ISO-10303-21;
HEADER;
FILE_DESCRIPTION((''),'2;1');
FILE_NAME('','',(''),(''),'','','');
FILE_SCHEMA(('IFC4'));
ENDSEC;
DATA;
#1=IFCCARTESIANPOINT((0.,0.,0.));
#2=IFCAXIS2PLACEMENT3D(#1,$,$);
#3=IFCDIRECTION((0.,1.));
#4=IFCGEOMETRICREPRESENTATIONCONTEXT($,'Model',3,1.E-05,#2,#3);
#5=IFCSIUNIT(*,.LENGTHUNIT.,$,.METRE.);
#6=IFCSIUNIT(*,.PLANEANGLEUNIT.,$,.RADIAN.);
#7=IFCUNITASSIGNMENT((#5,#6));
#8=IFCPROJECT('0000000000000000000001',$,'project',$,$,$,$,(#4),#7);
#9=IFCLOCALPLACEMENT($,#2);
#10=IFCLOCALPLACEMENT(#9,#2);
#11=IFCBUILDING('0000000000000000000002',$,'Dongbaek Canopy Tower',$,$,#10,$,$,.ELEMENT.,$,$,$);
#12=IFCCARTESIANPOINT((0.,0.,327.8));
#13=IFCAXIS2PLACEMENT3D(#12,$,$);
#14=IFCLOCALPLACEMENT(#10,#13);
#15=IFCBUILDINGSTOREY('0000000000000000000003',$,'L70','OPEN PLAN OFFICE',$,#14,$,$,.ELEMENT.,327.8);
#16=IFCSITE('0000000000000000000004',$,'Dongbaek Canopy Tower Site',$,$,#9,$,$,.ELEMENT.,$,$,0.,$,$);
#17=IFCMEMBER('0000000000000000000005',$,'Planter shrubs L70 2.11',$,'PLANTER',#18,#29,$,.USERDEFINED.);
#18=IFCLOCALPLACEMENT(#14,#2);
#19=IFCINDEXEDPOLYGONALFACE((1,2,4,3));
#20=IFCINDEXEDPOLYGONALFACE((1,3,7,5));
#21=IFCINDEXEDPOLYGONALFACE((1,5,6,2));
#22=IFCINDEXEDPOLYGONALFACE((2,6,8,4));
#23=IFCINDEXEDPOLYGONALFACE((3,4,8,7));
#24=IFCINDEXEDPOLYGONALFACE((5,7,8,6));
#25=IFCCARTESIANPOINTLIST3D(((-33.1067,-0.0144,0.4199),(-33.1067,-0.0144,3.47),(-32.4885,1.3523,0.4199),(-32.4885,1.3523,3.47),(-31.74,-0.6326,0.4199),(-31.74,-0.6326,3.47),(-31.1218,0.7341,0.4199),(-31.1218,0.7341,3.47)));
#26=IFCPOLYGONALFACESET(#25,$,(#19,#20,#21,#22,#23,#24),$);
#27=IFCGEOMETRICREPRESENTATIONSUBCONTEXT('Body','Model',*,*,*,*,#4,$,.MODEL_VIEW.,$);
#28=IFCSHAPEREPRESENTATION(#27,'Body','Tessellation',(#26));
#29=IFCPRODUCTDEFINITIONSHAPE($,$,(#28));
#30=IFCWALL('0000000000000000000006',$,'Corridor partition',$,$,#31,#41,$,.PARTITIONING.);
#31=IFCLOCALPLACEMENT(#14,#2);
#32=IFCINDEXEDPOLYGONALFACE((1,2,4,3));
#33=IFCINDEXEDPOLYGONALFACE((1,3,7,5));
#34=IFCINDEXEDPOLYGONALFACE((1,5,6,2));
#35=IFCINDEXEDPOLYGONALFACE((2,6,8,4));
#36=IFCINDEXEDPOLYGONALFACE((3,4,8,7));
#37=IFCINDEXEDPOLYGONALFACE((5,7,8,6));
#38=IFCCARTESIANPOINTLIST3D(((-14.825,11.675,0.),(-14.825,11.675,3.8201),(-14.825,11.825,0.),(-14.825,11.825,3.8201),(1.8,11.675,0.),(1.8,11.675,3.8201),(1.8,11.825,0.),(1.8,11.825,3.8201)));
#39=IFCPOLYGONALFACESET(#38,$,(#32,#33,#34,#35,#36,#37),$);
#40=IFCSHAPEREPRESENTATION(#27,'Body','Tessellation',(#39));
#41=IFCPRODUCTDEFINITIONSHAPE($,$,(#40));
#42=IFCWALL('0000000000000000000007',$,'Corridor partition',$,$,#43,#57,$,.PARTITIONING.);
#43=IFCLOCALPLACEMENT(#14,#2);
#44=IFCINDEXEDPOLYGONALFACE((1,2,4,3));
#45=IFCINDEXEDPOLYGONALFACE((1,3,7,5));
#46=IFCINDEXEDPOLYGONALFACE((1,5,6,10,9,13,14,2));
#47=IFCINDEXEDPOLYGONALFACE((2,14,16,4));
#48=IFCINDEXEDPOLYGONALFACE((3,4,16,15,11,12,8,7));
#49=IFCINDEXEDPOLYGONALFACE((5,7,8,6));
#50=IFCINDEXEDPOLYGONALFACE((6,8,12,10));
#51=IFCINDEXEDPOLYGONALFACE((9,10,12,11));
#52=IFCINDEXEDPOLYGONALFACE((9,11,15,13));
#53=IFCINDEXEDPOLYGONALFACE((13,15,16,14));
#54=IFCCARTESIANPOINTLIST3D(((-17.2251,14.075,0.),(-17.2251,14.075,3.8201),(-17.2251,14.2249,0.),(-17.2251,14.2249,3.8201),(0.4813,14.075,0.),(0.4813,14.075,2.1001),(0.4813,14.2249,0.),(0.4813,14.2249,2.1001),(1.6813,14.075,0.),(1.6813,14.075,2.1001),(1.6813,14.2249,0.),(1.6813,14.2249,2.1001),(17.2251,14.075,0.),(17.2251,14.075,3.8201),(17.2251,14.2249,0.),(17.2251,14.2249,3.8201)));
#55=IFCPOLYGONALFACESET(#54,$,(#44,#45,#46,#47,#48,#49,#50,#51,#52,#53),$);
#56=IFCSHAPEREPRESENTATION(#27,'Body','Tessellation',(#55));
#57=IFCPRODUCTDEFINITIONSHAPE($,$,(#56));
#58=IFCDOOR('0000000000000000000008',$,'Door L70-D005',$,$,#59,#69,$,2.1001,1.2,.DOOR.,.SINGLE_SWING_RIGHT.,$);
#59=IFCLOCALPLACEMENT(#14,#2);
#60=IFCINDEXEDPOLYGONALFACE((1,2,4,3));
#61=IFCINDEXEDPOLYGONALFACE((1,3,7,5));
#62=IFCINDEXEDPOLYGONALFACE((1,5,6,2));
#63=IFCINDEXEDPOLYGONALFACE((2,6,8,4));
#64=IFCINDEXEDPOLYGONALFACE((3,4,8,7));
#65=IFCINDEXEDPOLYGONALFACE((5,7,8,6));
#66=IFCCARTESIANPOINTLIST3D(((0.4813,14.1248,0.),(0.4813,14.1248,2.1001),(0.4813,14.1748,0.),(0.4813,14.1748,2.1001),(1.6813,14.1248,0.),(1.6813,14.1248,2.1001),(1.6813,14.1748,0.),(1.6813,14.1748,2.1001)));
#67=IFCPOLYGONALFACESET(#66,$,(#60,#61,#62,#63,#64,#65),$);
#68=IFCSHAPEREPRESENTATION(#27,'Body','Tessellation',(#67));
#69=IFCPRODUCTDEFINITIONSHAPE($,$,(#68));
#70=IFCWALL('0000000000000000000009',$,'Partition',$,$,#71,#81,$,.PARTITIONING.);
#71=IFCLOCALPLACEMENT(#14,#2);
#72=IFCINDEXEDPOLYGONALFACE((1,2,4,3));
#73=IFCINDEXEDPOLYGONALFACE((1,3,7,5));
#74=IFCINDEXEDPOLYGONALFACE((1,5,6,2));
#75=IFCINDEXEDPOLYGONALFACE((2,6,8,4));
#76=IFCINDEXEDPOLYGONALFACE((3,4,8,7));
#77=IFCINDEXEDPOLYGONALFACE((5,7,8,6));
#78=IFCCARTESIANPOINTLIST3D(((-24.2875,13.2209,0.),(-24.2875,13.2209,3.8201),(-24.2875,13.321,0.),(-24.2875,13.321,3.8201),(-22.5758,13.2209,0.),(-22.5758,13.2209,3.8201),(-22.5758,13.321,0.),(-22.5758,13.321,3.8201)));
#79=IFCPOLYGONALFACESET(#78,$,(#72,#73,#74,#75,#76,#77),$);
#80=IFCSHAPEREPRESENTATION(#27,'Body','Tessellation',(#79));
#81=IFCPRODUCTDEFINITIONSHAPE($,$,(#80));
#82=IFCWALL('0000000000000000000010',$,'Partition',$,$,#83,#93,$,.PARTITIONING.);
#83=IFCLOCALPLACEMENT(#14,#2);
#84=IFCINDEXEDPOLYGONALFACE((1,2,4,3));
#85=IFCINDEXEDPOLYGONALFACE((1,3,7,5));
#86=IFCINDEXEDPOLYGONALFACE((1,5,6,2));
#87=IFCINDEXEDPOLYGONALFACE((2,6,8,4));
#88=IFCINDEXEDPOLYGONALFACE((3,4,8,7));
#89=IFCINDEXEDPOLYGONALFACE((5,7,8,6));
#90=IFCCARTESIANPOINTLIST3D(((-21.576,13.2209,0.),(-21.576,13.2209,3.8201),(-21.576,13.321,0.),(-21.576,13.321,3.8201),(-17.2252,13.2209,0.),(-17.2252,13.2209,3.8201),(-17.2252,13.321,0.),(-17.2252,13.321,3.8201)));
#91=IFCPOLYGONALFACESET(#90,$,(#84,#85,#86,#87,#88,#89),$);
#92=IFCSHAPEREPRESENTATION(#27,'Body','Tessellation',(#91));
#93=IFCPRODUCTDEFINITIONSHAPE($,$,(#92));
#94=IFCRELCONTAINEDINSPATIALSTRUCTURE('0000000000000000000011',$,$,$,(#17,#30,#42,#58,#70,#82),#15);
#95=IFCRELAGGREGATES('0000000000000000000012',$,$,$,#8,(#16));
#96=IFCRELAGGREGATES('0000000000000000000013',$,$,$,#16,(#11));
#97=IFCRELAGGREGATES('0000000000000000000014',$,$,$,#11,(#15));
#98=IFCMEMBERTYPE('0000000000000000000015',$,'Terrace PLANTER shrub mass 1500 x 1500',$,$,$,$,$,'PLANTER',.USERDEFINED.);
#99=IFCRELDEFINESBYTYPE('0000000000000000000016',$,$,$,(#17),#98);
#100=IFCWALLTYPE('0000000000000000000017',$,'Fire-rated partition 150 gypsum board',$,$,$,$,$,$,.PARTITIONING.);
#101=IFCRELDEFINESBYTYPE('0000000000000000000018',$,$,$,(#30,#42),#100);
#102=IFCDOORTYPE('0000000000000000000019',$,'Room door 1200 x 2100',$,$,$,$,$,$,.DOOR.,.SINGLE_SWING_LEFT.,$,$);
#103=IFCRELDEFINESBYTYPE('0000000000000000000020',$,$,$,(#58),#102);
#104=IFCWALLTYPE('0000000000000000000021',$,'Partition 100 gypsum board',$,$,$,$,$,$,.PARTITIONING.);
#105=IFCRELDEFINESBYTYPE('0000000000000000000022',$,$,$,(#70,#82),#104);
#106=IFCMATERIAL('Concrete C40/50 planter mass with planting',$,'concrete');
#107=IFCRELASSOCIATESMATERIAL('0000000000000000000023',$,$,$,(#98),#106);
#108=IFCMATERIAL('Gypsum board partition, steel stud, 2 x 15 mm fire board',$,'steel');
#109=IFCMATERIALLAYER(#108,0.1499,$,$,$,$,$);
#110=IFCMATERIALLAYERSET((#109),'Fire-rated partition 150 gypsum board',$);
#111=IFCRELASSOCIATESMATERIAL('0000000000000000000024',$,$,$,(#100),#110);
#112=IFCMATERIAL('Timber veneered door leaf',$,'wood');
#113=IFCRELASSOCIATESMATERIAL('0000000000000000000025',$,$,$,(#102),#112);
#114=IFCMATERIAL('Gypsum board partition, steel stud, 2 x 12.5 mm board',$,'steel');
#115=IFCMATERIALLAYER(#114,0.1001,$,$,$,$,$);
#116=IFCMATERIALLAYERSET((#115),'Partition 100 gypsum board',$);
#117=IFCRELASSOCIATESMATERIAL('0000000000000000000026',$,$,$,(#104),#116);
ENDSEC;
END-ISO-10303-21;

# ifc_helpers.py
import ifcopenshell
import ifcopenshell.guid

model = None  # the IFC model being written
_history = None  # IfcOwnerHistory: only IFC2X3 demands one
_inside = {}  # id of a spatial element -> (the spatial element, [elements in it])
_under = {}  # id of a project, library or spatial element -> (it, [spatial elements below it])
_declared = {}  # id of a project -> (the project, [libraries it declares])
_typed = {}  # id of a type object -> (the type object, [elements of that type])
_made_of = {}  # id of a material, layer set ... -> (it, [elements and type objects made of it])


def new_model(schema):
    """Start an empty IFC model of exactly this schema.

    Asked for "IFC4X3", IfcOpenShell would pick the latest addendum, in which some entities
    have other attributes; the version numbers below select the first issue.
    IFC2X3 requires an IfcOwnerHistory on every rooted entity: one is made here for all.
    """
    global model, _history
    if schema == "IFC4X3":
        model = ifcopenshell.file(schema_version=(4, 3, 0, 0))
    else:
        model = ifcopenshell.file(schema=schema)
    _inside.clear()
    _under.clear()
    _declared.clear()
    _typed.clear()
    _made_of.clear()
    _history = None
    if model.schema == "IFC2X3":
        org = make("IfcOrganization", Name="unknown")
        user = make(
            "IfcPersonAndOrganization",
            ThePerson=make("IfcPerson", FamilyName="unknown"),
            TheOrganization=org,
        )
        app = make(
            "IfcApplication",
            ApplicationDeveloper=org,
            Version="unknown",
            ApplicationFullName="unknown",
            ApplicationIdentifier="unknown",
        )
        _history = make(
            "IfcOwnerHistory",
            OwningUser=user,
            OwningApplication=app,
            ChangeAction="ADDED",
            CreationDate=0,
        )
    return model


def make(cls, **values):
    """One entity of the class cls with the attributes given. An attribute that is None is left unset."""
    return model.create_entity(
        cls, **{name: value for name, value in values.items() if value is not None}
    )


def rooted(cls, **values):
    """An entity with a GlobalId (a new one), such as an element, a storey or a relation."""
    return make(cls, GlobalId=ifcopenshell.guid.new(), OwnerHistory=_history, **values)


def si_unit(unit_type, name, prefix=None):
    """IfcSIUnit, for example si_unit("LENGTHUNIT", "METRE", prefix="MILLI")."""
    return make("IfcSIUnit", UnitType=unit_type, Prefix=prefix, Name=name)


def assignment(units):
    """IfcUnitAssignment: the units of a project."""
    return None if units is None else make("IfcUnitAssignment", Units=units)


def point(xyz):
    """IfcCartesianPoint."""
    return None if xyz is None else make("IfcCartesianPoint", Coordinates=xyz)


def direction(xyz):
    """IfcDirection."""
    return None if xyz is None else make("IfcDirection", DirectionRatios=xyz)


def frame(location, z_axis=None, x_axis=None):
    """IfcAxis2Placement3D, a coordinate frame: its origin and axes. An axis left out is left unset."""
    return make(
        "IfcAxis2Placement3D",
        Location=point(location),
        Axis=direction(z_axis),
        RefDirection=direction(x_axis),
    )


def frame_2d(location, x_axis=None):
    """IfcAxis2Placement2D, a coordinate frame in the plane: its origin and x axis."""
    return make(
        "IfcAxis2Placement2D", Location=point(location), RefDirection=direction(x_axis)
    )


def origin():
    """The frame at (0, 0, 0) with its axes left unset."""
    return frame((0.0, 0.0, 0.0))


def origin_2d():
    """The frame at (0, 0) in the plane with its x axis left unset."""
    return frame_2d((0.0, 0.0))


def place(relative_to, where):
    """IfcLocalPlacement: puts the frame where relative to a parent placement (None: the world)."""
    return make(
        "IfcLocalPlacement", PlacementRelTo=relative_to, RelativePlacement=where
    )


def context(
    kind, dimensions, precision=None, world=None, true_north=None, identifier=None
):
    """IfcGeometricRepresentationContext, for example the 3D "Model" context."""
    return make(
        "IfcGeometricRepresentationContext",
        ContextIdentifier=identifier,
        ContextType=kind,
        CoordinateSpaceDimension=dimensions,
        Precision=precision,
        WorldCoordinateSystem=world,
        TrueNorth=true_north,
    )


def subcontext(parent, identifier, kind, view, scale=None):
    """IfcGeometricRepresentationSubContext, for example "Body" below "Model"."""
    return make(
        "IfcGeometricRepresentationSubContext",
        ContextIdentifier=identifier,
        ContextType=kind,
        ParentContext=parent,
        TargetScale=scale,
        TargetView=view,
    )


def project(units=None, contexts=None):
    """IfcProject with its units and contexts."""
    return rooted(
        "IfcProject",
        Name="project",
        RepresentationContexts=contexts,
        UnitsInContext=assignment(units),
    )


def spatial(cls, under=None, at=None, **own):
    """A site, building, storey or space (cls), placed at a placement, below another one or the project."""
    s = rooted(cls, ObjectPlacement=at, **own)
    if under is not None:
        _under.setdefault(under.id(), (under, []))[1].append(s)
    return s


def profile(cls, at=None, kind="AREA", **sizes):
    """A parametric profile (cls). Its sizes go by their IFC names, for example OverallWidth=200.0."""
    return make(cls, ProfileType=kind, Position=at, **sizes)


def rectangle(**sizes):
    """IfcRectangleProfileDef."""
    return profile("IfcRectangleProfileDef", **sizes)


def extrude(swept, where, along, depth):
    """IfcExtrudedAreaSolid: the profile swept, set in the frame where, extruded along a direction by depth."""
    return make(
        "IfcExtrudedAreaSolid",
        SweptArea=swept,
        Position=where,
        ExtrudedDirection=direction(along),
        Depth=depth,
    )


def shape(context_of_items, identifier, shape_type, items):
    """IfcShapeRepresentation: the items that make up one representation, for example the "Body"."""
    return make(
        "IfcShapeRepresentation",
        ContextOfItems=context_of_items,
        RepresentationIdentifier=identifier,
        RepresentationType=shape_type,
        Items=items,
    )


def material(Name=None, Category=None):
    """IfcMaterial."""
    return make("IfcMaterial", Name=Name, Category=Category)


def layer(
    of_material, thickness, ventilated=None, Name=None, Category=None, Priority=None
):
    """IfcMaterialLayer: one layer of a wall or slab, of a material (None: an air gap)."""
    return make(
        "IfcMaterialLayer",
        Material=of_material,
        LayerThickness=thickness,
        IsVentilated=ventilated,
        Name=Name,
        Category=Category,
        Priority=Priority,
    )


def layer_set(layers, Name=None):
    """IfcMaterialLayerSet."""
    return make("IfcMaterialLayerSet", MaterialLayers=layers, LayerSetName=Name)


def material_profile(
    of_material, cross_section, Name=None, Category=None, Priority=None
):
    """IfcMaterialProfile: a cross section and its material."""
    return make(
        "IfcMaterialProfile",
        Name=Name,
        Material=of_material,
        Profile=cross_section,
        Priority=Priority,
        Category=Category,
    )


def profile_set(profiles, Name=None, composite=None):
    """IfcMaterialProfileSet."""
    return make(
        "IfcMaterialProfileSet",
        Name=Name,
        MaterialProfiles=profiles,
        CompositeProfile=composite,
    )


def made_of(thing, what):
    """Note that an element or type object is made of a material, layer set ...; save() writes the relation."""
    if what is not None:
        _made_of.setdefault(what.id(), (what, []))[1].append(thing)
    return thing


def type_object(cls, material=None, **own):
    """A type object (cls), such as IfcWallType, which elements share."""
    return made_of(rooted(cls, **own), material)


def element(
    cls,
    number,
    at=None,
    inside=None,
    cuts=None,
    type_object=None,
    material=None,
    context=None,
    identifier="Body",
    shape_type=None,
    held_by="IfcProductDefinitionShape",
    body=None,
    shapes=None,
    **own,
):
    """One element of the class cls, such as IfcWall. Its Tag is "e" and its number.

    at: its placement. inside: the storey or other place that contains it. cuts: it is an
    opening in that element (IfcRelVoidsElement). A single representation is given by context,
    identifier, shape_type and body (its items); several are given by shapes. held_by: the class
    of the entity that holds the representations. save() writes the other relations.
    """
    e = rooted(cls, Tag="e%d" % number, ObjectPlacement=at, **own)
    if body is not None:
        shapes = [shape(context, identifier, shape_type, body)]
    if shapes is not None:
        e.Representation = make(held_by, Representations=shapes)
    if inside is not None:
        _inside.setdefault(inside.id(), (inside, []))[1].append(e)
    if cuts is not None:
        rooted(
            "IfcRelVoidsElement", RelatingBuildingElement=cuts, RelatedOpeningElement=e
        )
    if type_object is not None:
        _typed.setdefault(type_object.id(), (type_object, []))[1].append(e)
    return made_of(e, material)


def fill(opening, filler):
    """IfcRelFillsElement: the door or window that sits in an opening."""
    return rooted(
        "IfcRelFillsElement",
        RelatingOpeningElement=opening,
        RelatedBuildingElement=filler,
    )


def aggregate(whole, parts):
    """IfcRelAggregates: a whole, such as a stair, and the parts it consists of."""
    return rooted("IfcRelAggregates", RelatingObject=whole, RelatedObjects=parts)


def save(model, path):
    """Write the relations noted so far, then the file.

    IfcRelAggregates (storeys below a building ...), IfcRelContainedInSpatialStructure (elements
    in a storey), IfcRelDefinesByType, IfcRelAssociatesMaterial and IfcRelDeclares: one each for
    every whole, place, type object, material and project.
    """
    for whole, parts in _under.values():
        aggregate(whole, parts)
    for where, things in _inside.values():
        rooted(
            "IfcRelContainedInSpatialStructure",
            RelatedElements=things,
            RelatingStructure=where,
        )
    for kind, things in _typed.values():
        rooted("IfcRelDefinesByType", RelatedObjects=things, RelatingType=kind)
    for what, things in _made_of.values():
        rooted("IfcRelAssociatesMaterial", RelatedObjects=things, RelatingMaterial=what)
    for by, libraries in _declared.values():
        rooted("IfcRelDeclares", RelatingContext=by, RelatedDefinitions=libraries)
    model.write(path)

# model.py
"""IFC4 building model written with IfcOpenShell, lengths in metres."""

from ifc_helpers import new_model, si_unit, direction, frame, frame_2d, origin, origin_2d, place, context, subcontext, project, spatial, rectangle, extrude, material, layer, layer_set, material_profile, profile_set, type_object, element, fill, save


model = new_model("IFC4")

# Units and contexts
model_context = context("Model", 3, precision=1e-05, world=origin(), true_north=direction((0.0, 1.0)))
body_context = subcontext(model_context, "Body", "Model", "MODEL_VIEW")
ifc_project = project(units=[si_unit("LENGTHUNIT", "METRE"), si_unit("PLANEANGLEUNIT", "RADIAN")], contexts=[model_context])

# Site, building, storey
site_placement = place(None, origin())
site = spatial("IfcSite", under=ifc_project, at=site_placement, Name="Dongbaek Canopy Tower Site", CompositionType="ELEMENT", RefElevation=0.0)
building_placement = place(site_placement, origin())
building = spatial("IfcBuilding", under=site, at=building_placement, Name="Dongbaek Canopy Tower", CompositionType="ELEMENT")
storey_placement = place(building_placement, frame((0.0, 0.0, 327.8)))
storey = spatial("IfcBuildingStorey", under=building, at=storey_placement, Name="L70", Description="OPEN PLAN OFFICE", CompositionType="ELEMENT", Elevation=327.8)

# Member
ifc_material_1 = material(Name="Concrete C40/50 planter mass with planting", Category="concrete")
ifc_material_profile_1 = material_profile(ifc_material_1, rectangle(XDim=1.5, YDim=1.5, at=origin_2d()), Name="Terrace PLANTER shrub mass 1500 x 1500")
ifc_profile_set_1 = profile_set([ifc_material_profile_1], Name="Concrete C40/50 planter mass with planting")
member_type = type_object("IfcMemberType", Name="Terrace PLANTER shrub mass 1500 x 1500", ElementType="PLANTER", PredefinedType="USERDEFINED", material=ifc_profile_set_1)
member_1_placement = place(storey_placement, frame((-32.1143, 0.3599, 0.4199), z_axis=(0.0, 0.0, 1.0), x_axis=(-0.911129, 0.412122, 0.0)))
element("IfcMember", 1, at=member_1_placement, inside=storey, type_object=member_type, Name="Planter shrubs L70 2.11", ObjectType="PLANTER", PredefinedType="USERDEFINED", context=body_context, shape_type="SweptSolid", body=[
    extrude(rectangle(XDim=1.5, YDim=1.5, at=origin_2d()), origin(), (0.0, 0.0, 1.0), 3.05),
])

# Wall
ifc_material_2 = material(Name="Gypsum board partition, steel stud, 2 x 15 mm fire board", Category="steel")
ifc_layer_1 = layer(ifc_material_2, 0.1499)
ifc_layer_set_1 = layer_set([ifc_layer_1], Name="Fire-rated partition 150 gypsum board")
wall_type_1 = type_object("IfcWallType", Name="Fire-rated partition 150 gypsum board", PredefinedType="PARTITIONING", material=ifc_layer_set_1)
wall_1_placement = place(storey_placement, frame((-14.825, 11.75, 0.0), z_axis=(0.0, 0.0, 1.0), x_axis=(1.0, 0.0, 0.0)))
element("IfcWall", 2, at=wall_1_placement, inside=storey, type_object=wall_type_1, Name="Corridor partition", PredefinedType="PARTITIONING", context=body_context, shape_type="SweptSolid", body=[
    extrude(rectangle(XDim=16.625, YDim=0.1499, at=frame_2d((8.3125, 0.0))), origin(), (0.0, 0.0, 1.0), 3.8201),
])

# Wall, opening, door
wall_2_placement = place(storey_placement, frame((-17.2251, 14.1499, 0.0), z_axis=(0.0, 0.0, 1.0), x_axis=(1.0, 0.0, 0.0)))
wall_2 = element("IfcWall", 3, at=wall_2_placement, inside=storey, type_object=wall_type_1, Name="Corridor partition", PredefinedType="PARTITIONING", context=body_context, shape_type="SweptSolid", body=[
    extrude(rectangle(XDim=34.4502, YDim=0.1499, at=frame_2d((17.2251, 0.0))), origin(), (0.0, 0.0, 1.0), 3.8201),
])
opening_placement = place(wall_2_placement, frame((17.7063, 0.0, 0.0)))
opening = element("IfcOpeningElement", 4, at=opening_placement, cuts=wall_2, PredefinedType="OPENING", context=body_context, shape_type="SweptSolid", body=[
    extrude(rectangle(XDim=1.2, YDim=2.1001, at=frame_2d((0.6001, 1.05))), frame((0.0, 0.085, 0.0), z_axis=(0.0, -1.0, 0.0), x_axis=(1.0, 0.0, 0.0)), (0.0, 0.0, 1.0), 0.1699),
])
ifc_material_3 = material(Name="Timber veneered door leaf", Category="wood")
door_type = type_object("IfcDoorType", Name="Room door 1200 x 2100", OperationType="SINGLE_SWING_LEFT", PredefinedType="DOOR", material=ifc_material_3)
door_placement = place(opening_placement, origin())
door = element("IfcDoor", 5, at=door_placement, inside=storey, type_object=door_type, Name="Door L70-D005", OperationType="SINGLE_SWING_RIGHT", OverallHeight=2.1001, OverallWidth=1.2, PredefinedType="DOOR", context=body_context, shape_type="SweptSolid", body=[
    extrude(rectangle(XDim=1.2, YDim=2.1001, at=frame_2d((0.6001, 1.05))), frame((0.0, 0.0249, 0.0), z_axis=(0.0, -1.0, 0.0), x_axis=(1.0, 0.0, 0.0)), (0.0, 0.0, 1.0), 0.05),
])
fill(opening, door)

# Walls
ifc_material_4 = material(Name="Gypsum board partition, steel stud, 2 x 12.5 mm board", Category="steel")
ifc_layer_2 = layer(ifc_material_4, 0.1001)
ifc_layer_set_2 = layer_set([ifc_layer_2], Name="Partition 100 gypsum board")
wall_type_2 = type_object("IfcWallType", Name="Partition 100 gypsum board", PredefinedType="PARTITIONING", material=ifc_layer_set_2)
wall_3_placement = place(storey_placement, frame((-24.2876, 13.271, 0.0), z_axis=(0.0, 0.0, 1.0), x_axis=(1.0, 0.0, 0.0)))
element("IfcWall", 6, at=wall_3_placement, inside=storey, type_object=wall_type_2, Name="Partition", PredefinedType="PARTITIONING", context=body_context, shape_type="SweptSolid", body=[
    extrude(rectangle(XDim=1.7117, YDim=0.1001, at=frame_2d((0.856, 0.0))), origin(), (0.0, 0.0, 1.0), 3.8201),
])
wall_4_placement = place(storey_placement, frame((-21.5759, 13.271, 0.0), z_axis=(0.0, 0.0, 1.0), x_axis=(1.0, 0.0, 0.0)))
element("IfcWall", 7, at=wall_4_placement, inside=storey, type_object=wall_type_2, Name="Partition", PredefinedType="PARTITIONING", context=body_context, shape_type="SweptSolid", body=[
    extrude(rectangle(XDim=4.3508, YDim=0.1001, at=frame_2d((2.1753, 0.0))), origin(), (0.0, 0.0, 1.0), 3.8201),
])

save(model, "model.ifc")
